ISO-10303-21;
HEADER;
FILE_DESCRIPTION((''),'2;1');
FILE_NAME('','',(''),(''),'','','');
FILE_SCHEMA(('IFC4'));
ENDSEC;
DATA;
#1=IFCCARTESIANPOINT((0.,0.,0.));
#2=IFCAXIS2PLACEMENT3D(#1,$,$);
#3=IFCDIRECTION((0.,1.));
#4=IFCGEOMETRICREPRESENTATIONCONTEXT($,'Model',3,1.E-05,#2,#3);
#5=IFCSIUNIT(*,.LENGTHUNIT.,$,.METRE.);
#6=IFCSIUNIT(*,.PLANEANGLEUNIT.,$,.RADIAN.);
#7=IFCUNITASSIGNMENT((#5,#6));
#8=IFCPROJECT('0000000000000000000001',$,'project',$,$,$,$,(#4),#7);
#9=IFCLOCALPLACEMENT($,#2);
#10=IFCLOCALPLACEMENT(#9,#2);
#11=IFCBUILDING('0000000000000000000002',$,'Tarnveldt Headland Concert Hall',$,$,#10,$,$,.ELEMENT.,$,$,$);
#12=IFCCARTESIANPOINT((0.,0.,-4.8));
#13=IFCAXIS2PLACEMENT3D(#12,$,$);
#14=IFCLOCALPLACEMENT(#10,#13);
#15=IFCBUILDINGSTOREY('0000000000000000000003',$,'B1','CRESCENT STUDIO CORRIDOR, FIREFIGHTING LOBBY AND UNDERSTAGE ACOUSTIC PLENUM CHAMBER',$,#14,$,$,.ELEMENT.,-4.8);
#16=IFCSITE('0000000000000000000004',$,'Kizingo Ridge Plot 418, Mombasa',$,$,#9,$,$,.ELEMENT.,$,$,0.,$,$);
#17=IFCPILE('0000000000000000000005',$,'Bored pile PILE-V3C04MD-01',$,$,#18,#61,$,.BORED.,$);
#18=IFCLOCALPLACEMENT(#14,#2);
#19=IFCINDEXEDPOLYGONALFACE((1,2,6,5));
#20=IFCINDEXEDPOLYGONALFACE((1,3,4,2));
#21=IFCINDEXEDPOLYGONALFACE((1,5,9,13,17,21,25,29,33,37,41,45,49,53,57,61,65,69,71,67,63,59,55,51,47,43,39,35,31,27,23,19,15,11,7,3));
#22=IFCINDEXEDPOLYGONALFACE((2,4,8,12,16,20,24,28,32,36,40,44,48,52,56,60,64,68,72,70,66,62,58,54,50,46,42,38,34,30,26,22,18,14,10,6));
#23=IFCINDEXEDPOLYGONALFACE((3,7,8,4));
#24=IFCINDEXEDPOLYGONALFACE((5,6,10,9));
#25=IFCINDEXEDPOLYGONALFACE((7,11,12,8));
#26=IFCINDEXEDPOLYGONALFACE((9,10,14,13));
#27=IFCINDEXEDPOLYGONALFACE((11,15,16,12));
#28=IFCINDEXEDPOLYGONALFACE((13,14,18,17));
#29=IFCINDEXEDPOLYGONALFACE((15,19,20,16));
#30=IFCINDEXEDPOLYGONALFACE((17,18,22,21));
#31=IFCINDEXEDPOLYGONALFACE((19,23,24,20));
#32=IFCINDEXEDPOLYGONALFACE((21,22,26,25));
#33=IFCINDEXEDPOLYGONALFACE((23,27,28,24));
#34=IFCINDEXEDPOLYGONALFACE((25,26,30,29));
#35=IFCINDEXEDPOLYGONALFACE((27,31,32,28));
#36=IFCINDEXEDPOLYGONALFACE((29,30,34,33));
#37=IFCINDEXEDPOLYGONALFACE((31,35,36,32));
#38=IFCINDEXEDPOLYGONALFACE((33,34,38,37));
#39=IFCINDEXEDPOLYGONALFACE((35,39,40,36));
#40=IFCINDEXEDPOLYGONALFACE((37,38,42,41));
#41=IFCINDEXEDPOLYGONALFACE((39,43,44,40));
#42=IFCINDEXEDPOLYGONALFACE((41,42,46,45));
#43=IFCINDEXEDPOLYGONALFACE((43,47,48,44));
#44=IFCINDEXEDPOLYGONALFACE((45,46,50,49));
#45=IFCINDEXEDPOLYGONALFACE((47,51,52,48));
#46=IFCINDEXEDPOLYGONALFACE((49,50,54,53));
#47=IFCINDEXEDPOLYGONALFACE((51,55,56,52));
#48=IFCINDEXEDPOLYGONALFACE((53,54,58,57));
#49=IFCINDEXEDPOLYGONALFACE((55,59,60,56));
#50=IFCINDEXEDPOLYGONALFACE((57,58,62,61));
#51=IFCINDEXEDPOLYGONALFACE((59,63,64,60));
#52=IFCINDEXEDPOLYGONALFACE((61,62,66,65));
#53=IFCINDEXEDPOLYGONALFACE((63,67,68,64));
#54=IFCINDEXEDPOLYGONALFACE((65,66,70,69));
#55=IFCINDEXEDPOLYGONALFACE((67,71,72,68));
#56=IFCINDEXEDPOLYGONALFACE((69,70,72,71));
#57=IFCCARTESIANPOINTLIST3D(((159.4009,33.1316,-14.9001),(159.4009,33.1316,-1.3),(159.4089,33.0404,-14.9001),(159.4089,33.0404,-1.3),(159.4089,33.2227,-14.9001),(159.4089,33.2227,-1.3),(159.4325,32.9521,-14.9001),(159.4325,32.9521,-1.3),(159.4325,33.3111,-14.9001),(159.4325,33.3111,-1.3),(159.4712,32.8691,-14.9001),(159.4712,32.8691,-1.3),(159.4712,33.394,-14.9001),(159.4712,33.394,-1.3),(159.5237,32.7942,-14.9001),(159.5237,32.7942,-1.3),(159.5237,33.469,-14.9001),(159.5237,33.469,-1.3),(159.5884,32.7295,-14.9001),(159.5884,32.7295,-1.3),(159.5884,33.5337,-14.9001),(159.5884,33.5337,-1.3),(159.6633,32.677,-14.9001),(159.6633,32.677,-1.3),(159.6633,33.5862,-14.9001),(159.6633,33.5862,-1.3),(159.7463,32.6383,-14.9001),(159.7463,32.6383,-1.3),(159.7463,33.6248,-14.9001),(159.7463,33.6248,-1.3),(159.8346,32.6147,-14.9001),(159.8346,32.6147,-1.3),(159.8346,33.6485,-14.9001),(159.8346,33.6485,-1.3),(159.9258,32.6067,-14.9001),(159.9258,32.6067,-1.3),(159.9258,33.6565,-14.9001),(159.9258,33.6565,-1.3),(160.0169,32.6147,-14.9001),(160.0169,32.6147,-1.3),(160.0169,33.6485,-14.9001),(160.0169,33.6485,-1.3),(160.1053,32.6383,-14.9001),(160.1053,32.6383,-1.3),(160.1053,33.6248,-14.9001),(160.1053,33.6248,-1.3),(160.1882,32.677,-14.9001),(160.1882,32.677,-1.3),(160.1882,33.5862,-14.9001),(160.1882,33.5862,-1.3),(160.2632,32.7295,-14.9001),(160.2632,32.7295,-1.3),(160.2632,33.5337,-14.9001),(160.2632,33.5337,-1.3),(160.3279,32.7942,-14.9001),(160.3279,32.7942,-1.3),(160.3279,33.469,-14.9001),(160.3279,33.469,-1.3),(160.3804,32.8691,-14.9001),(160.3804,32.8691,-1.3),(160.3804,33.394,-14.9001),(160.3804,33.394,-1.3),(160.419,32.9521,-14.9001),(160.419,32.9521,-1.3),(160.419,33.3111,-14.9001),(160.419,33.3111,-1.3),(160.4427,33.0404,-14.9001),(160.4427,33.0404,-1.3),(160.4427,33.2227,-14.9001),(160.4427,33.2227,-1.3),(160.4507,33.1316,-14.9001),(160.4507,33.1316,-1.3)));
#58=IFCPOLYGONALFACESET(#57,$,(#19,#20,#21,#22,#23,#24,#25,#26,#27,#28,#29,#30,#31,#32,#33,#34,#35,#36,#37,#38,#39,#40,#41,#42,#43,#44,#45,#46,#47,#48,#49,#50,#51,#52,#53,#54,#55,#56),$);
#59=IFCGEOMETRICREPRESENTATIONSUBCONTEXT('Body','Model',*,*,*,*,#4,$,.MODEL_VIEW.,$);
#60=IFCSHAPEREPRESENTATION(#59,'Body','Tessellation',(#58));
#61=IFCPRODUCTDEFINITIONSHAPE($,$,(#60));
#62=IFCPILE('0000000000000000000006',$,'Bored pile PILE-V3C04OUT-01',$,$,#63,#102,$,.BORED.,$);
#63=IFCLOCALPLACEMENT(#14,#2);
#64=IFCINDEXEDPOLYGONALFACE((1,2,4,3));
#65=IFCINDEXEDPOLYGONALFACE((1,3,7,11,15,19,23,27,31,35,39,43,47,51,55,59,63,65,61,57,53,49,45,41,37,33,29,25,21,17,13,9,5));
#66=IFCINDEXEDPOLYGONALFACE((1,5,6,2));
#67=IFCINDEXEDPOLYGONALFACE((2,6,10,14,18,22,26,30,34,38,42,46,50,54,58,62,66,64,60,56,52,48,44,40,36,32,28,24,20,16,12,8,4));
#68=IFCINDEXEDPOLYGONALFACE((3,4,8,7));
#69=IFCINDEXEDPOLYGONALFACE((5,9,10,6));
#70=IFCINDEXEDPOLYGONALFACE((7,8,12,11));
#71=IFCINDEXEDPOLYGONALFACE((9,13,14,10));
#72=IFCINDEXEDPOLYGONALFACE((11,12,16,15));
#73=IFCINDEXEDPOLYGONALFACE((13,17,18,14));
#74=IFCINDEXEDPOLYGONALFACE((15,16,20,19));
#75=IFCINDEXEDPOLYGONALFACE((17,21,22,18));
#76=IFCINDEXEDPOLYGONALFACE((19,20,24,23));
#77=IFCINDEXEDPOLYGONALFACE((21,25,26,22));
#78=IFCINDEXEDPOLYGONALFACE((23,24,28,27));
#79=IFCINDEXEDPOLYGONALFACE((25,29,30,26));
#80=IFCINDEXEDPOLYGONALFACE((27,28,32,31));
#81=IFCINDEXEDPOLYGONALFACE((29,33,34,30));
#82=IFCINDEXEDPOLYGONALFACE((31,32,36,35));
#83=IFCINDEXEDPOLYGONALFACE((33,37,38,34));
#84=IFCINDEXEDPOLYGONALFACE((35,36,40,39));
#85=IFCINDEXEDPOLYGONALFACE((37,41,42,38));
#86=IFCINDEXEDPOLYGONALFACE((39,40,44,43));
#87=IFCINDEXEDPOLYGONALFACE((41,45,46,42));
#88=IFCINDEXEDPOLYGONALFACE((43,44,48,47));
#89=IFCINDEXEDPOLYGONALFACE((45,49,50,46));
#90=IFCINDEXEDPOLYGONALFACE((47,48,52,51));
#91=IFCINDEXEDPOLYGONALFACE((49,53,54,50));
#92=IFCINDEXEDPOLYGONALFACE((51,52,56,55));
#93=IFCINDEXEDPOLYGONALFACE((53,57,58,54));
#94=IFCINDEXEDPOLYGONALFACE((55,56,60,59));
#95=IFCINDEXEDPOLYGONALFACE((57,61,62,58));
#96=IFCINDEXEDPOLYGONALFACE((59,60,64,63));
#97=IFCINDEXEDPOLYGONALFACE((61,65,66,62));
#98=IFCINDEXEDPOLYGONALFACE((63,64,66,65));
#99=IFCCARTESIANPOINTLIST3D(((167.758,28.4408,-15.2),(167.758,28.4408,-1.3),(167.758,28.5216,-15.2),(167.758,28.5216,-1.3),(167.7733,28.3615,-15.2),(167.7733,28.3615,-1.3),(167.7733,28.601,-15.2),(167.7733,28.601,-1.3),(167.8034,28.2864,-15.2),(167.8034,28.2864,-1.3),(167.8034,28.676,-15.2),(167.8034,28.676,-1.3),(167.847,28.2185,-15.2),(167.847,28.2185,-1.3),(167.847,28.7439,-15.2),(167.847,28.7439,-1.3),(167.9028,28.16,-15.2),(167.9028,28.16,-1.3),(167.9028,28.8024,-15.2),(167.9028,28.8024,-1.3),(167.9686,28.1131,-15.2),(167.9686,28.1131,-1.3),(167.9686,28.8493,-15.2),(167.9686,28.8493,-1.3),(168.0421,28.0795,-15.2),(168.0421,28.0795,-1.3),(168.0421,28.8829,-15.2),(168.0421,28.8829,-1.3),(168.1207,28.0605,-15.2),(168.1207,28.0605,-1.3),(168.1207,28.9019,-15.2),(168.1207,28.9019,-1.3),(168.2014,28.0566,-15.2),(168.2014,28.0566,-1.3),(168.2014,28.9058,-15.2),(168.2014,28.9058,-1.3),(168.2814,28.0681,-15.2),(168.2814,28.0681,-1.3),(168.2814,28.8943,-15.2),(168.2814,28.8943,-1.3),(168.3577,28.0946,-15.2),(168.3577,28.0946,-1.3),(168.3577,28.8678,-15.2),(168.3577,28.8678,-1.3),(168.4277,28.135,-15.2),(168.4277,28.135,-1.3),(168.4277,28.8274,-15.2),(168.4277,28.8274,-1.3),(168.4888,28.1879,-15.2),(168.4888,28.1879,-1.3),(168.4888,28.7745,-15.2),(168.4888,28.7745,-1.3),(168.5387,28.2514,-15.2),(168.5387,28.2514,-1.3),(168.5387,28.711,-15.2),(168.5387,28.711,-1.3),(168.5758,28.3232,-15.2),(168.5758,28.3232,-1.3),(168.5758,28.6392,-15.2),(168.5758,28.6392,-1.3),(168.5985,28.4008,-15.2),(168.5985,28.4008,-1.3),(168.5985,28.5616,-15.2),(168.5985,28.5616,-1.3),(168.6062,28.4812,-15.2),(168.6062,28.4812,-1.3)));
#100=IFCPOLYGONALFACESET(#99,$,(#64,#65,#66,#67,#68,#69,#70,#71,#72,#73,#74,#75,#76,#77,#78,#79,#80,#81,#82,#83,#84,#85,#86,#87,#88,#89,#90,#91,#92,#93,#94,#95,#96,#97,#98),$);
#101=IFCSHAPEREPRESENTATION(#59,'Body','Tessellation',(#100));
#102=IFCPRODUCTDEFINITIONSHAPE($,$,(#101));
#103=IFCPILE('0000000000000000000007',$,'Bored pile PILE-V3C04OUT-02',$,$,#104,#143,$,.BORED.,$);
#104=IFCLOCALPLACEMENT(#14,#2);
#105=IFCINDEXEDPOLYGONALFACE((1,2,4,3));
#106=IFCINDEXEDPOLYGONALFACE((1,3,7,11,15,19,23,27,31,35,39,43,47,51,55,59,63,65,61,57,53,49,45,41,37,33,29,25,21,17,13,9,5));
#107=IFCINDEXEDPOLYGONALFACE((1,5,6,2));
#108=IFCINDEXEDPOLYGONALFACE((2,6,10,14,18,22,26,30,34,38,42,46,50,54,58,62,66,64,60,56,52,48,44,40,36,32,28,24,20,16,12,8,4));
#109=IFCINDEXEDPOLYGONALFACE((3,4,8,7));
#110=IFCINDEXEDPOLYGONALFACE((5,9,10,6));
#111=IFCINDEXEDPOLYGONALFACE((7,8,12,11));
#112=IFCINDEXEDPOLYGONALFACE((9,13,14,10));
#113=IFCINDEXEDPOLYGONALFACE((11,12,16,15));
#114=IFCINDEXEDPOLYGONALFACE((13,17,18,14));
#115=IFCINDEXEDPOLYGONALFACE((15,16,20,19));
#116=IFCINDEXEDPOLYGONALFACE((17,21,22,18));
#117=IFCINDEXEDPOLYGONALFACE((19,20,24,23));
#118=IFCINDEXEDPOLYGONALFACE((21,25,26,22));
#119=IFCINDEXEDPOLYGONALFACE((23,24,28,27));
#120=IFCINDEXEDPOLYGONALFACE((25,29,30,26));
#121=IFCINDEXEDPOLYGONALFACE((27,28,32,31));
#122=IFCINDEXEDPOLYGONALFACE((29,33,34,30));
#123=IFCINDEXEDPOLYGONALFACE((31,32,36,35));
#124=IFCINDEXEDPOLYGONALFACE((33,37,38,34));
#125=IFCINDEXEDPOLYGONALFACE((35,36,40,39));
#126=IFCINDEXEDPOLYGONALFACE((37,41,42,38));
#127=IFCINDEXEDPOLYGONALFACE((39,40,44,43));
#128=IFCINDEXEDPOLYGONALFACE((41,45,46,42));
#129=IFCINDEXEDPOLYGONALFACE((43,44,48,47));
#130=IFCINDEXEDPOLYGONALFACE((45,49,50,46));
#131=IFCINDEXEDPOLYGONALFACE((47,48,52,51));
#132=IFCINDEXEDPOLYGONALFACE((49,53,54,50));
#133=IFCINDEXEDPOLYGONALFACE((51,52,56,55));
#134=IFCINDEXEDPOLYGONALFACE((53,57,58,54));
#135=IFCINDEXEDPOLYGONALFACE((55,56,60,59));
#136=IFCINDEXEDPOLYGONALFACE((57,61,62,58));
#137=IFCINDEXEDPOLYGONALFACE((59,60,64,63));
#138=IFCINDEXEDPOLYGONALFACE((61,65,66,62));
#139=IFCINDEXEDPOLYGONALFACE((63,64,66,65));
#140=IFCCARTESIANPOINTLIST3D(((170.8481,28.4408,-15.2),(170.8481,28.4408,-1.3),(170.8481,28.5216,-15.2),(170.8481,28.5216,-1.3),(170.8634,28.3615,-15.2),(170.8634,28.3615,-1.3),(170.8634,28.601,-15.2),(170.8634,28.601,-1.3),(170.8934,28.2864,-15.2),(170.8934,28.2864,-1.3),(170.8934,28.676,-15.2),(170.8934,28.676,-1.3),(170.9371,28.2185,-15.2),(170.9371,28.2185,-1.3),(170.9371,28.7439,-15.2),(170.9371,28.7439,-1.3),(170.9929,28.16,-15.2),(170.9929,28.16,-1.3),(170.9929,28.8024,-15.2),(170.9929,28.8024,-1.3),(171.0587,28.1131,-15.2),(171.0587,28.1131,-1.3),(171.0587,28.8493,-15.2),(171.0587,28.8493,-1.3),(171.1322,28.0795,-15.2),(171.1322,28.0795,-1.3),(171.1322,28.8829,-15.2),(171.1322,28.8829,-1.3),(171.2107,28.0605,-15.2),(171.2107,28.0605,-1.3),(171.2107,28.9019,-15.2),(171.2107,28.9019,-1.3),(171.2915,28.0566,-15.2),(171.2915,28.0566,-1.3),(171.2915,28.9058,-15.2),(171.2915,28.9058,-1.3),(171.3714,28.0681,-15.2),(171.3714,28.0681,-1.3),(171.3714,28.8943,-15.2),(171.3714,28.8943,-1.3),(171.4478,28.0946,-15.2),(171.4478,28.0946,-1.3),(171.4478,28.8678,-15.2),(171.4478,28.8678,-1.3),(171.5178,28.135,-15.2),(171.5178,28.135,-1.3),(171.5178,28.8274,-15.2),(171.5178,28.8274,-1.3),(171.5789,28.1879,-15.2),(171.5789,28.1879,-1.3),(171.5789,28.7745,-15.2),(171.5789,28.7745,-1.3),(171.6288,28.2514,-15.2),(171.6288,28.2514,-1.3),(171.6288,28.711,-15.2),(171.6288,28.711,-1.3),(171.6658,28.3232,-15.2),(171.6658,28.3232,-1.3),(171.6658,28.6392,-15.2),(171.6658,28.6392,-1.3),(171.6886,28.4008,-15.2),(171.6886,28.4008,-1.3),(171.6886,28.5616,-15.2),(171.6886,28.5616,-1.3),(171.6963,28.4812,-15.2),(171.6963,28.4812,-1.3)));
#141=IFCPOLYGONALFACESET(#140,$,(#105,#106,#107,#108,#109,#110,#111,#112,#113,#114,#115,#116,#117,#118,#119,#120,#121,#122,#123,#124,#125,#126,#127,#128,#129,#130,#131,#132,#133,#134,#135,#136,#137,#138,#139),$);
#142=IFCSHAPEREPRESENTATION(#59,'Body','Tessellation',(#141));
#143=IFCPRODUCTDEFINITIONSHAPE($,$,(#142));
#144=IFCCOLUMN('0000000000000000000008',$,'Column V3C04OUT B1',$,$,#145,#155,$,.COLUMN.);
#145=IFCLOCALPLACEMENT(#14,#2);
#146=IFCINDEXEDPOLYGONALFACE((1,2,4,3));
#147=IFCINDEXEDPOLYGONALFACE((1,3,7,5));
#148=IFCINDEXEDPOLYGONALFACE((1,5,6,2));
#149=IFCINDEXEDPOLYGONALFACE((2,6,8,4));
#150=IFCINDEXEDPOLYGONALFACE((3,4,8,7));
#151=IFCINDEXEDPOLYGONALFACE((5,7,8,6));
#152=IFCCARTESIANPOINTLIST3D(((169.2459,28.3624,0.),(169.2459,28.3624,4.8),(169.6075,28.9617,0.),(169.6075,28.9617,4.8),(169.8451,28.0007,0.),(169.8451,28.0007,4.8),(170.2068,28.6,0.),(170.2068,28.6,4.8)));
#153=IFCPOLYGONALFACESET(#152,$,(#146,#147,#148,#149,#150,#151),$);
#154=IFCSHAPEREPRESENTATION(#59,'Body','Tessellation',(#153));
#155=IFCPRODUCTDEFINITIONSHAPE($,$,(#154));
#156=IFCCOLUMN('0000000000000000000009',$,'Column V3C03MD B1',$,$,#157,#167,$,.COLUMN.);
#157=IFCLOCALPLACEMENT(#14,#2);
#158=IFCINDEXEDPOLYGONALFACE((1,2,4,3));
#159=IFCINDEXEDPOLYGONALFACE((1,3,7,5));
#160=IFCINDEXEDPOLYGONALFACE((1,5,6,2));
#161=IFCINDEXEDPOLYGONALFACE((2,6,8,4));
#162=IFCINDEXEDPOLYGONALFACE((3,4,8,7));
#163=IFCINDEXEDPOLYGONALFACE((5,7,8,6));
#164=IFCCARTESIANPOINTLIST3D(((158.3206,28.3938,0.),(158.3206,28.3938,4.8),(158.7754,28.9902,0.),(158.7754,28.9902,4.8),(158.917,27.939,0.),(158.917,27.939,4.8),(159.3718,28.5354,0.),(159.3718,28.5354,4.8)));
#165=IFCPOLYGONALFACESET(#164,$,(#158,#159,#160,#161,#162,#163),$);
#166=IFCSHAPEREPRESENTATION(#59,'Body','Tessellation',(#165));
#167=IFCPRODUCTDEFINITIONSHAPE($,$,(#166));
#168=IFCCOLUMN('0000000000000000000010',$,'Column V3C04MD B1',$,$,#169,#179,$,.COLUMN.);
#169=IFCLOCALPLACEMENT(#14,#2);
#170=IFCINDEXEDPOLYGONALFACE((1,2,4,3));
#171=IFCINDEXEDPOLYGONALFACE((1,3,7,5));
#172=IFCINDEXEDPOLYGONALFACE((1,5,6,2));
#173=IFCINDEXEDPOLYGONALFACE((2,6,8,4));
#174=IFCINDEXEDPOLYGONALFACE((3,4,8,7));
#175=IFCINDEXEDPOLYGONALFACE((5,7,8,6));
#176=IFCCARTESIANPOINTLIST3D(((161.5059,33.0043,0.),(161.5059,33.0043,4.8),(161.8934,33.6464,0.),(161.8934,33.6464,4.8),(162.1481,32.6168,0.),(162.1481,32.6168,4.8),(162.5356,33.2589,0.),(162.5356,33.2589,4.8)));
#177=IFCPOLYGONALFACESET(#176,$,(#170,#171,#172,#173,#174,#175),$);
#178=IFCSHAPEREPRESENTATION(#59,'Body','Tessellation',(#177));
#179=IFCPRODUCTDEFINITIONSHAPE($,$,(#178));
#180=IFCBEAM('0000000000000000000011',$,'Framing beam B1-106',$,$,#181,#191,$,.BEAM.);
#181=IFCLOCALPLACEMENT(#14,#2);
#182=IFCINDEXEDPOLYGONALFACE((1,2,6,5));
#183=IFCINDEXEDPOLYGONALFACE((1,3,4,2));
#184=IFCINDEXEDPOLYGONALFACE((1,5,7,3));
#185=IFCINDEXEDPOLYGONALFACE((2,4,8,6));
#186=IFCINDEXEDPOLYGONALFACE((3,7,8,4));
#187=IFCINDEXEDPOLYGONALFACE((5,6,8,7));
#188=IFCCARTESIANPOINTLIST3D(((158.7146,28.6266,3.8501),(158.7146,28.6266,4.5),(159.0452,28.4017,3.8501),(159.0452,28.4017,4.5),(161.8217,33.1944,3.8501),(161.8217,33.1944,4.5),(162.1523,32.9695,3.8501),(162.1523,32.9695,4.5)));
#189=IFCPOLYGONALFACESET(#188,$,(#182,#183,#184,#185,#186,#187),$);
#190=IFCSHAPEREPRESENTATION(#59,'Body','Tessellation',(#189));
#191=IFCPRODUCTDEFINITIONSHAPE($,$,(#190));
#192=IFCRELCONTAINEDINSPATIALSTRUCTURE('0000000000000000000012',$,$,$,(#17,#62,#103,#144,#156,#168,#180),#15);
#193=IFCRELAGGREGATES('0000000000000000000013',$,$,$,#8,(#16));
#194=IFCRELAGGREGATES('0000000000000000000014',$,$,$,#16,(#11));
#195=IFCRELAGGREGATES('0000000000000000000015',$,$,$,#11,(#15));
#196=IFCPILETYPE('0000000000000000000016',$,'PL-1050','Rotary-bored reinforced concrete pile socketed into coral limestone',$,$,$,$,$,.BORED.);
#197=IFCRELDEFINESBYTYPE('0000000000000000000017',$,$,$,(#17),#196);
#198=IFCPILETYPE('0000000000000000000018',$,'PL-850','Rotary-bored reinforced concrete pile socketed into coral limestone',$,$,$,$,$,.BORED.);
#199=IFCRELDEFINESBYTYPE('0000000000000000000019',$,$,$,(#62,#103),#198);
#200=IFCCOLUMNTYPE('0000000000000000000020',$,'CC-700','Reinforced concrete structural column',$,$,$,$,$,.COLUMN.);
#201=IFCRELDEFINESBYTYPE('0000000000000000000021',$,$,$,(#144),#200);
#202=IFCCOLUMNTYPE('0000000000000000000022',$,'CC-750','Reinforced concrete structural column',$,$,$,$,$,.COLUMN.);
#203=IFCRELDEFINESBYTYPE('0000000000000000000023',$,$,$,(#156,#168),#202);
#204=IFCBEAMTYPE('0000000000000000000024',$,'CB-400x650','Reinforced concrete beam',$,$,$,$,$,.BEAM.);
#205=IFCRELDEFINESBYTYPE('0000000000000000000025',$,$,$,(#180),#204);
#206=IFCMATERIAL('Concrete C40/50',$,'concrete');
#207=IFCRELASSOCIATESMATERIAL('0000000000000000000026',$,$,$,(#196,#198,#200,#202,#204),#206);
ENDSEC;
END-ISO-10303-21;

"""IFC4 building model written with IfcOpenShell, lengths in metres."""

from ifc_helpers import new_model, si_unit, direction, frame, origin, origin_2d, place, context, subcontext, project, spatial, rectangle, circle, extrude, material, material_profile, profile_set, type_object, element, save


model = new_model("IFC4")

# Units and contexts
model_context = context("Model", 3, precision=1e-05, world=origin(), true_north=direction((0.0, 1.0)))
body_context = subcontext(model_context, "Body", "Model", "MODEL_VIEW")
ifc_project = project(units=[si_unit("LENGTHUNIT", "METRE"), si_unit("PLANEANGLEUNIT", "RADIAN")], contexts=[model_context])

# Site, building, storey
site_placement = place(None, origin())
site = spatial("IfcSite", under=ifc_project, at=site_placement, Name="Kizingo Ridge Plot 418, Mombasa", CompositionType="ELEMENT", RefElevation=0.0)
building_placement = place(site_placement, origin())
building = spatial("IfcBuilding", under=site, at=building_placement, Name="Tarnveldt Headland Concert Hall", CompositionType="ELEMENT")
storey_placement = place(building_placement, frame((0.0, 0.0, -4.8)))
storey = spatial("IfcBuildingStorey", under=building, at=storey_placement, Name="B1", Description="CRESCENT STUDIO CORRIDOR, FIREFIGHTING LOBBY AND UNDERSTAGE ACOUSTIC PLENUM CHAMBER", CompositionType="ELEMENT", Elevation=-4.8)

# Shared definitions
ifc_material_1 = material(Name="Concrete C40/50", Category="concrete")

# Piles
ifc_material_profile_1 = material_profile(ifc_material_1, circle(Radius=0.5249, at=origin_2d()), Name="BORED PILE D1050", Category="concrete")
ifc_profile_set_1 = profile_set([ifc_material_profile_1], Name="Concrete C40/50")
pile_type_1 = type_object("IfcPileType", Name="PL-1050", Description="Rotary-bored reinforced concrete pile socketed into coral limestone", PredefinedType="BORED", material=ifc_profile_set_1)
pile_1_placement = place(storey_placement, frame((159.9258, 33.1316, -1.3), z_axis=(0.0, 0.0, -1.0), x_axis=(1.0, 0.0, 0.0)))
element("IfcPile", 1, at=pile_1_placement, inside=storey, type_object=pile_type_1, Name="Bored pile PILE-V3C04MD-01", PredefinedType="BORED", context=body_context, shape_type="SweptSolid", body=[
    extrude(circle(Radius=0.5249, at=origin_2d()), origin(), (0.0, 0.0, 1.0), 13.6001),
])
ifc_material_profile_2 = material_profile(ifc_material_1, circle(Radius=0.425, at=origin_2d()), Name="BORED PILE D850", Category="concrete")
ifc_profile_set_2 = profile_set([ifc_material_profile_2], Name="Concrete C40/50")
pile_type_2 = type_object("IfcPileType", Name="PL-850", Description="Rotary-bored reinforced concrete pile socketed into coral limestone", PredefinedType="BORED", material=ifc_profile_set_2)
for number, where, z_axis, x_axis, name in (
    (2, (168.1812, 28.4812, -1.3), (0.0, 0.0, -1.0), (1.0, 0.0, 0.0), "Bored pile PILE-V3C04OUT-01"),
    (3, (171.2712, 28.4812, -1.3), (0.0, 0.0, -1.0), (1.0, 0.0, 0.0), "Bored pile PILE-V3C04OUT-02"),
):
    element("IfcPile", number, at=place(storey_placement, frame(where, z_axis=z_axis, x_axis=x_axis)), inside=storey, type_object=pile_type_2, Name=name, PredefinedType="BORED", context=body_context, shape_type="SweptSolid", body=[
        extrude(circle(Radius=0.425, at=origin_2d()), origin(), (0.0, 0.0, 1.0), 13.8999),
    ])

# Columns
ifc_material_profile_3 = material_profile(ifc_material_1, rectangle(XDim=0.7, YDim=0.7, at=origin_2d()), Name="RC 700x700", Category="concrete")
ifc_profile_set_3 = profile_set([ifc_material_profile_3], Name="Concrete C40/50")
column_type_1 = type_object("IfcColumnType", Name="CC-700", Description="Reinforced concrete structural column", PredefinedType="COLUMN", material=ifc_profile_set_3)
column_placement = place(storey_placement, frame((169.7263, 28.4812, 0.0), z_axis=(0.0, 0.0, 1.0), x_axis=(0.856177, -0.516683, 0.0)))
element("IfcColumn", 4, at=column_placement, inside=storey, type_object=column_type_1, Name="Column V3C04OUT B1", PredefinedType="COLUMN", context=body_context, shape_type="SweptSolid", body=[
    extrude(rectangle(XDim=0.7, YDim=0.7, at=origin_2d()), origin(), (0.0, 0.0, 1.0), 4.8),
])
ifc_material_profile_4 = material_profile(ifc_material_1, rectangle(XDim=0.75, YDim=0.75, at=origin_2d()), Name="RC 750x750", Category="concrete")
ifc_profile_set_4 = profile_set([ifc_material_profile_4], Name="Concrete C40/50")
column_type_2 = type_object("IfcColumnType", Name="CC-750", Description="Reinforced concrete structural column", PredefinedType="COLUMN", material=ifc_profile_set_4)
for number, where, z_axis, x_axis, name in (
    (5, (158.8462, 28.4646, 0.0), (0.0, 0.0, 1.0), (0.795156, -0.606405, 0.0), "Column V3C03MD B1"),
    (6, (162.0208, 33.1316, 0.0), (0.0, 0.0, 1.0), (0.856177, -0.516683, 0.0), "Column V3C04MD B1"),
):
    element("IfcColumn", number, at=place(storey_placement, frame(where, z_axis=z_axis, x_axis=x_axis)), inside=storey, type_object=column_type_2, Name=name, PredefinedType="COLUMN", context=body_context, shape_type="SweptSolid", body=[
        extrude(rectangle(XDim=0.75, YDim=0.75, at=origin_2d()), origin(), (0.0, 0.0, 1.0), 4.8),
    ])

# Beam
ifc_material_profile_5 = material_profile(ifc_material_1, rectangle(XDim=0.3999, YDim=0.6499, at=origin_2d()), Name="RC 400x650", Category="concrete")
ifc_profile_set_5 = profile_set([ifc_material_profile_5], Name="Concrete C40/50")
beam_type_1 = type_object("IfcBeamType", Name="CB-400x650", Description="Reinforced concrete beam", PredefinedType="BEAM", material=ifc_profile_set_5)
beam_1_placement = place(storey_placement, frame((158.8799, 28.5142, 4.175), z_axis=(0.562437, 0.82684, 0.0), x_axis=(-0.82684, 0.562437, 0.0)))
element("IfcBeam", 7, at=beam_1_placement, inside=storey, type_object=beam_type_1, Name="Framing beam B1-106", PredefinedType="BEAM", context=body_context, shape_type="SweptSolid", body=[
    extrude(rectangle(XDim=0.3999, YDim=0.6499, at=origin_2d()), origin(), (0.0, 0.0, 1.0), 5.5244),
])

save(model, "model.ifc")
